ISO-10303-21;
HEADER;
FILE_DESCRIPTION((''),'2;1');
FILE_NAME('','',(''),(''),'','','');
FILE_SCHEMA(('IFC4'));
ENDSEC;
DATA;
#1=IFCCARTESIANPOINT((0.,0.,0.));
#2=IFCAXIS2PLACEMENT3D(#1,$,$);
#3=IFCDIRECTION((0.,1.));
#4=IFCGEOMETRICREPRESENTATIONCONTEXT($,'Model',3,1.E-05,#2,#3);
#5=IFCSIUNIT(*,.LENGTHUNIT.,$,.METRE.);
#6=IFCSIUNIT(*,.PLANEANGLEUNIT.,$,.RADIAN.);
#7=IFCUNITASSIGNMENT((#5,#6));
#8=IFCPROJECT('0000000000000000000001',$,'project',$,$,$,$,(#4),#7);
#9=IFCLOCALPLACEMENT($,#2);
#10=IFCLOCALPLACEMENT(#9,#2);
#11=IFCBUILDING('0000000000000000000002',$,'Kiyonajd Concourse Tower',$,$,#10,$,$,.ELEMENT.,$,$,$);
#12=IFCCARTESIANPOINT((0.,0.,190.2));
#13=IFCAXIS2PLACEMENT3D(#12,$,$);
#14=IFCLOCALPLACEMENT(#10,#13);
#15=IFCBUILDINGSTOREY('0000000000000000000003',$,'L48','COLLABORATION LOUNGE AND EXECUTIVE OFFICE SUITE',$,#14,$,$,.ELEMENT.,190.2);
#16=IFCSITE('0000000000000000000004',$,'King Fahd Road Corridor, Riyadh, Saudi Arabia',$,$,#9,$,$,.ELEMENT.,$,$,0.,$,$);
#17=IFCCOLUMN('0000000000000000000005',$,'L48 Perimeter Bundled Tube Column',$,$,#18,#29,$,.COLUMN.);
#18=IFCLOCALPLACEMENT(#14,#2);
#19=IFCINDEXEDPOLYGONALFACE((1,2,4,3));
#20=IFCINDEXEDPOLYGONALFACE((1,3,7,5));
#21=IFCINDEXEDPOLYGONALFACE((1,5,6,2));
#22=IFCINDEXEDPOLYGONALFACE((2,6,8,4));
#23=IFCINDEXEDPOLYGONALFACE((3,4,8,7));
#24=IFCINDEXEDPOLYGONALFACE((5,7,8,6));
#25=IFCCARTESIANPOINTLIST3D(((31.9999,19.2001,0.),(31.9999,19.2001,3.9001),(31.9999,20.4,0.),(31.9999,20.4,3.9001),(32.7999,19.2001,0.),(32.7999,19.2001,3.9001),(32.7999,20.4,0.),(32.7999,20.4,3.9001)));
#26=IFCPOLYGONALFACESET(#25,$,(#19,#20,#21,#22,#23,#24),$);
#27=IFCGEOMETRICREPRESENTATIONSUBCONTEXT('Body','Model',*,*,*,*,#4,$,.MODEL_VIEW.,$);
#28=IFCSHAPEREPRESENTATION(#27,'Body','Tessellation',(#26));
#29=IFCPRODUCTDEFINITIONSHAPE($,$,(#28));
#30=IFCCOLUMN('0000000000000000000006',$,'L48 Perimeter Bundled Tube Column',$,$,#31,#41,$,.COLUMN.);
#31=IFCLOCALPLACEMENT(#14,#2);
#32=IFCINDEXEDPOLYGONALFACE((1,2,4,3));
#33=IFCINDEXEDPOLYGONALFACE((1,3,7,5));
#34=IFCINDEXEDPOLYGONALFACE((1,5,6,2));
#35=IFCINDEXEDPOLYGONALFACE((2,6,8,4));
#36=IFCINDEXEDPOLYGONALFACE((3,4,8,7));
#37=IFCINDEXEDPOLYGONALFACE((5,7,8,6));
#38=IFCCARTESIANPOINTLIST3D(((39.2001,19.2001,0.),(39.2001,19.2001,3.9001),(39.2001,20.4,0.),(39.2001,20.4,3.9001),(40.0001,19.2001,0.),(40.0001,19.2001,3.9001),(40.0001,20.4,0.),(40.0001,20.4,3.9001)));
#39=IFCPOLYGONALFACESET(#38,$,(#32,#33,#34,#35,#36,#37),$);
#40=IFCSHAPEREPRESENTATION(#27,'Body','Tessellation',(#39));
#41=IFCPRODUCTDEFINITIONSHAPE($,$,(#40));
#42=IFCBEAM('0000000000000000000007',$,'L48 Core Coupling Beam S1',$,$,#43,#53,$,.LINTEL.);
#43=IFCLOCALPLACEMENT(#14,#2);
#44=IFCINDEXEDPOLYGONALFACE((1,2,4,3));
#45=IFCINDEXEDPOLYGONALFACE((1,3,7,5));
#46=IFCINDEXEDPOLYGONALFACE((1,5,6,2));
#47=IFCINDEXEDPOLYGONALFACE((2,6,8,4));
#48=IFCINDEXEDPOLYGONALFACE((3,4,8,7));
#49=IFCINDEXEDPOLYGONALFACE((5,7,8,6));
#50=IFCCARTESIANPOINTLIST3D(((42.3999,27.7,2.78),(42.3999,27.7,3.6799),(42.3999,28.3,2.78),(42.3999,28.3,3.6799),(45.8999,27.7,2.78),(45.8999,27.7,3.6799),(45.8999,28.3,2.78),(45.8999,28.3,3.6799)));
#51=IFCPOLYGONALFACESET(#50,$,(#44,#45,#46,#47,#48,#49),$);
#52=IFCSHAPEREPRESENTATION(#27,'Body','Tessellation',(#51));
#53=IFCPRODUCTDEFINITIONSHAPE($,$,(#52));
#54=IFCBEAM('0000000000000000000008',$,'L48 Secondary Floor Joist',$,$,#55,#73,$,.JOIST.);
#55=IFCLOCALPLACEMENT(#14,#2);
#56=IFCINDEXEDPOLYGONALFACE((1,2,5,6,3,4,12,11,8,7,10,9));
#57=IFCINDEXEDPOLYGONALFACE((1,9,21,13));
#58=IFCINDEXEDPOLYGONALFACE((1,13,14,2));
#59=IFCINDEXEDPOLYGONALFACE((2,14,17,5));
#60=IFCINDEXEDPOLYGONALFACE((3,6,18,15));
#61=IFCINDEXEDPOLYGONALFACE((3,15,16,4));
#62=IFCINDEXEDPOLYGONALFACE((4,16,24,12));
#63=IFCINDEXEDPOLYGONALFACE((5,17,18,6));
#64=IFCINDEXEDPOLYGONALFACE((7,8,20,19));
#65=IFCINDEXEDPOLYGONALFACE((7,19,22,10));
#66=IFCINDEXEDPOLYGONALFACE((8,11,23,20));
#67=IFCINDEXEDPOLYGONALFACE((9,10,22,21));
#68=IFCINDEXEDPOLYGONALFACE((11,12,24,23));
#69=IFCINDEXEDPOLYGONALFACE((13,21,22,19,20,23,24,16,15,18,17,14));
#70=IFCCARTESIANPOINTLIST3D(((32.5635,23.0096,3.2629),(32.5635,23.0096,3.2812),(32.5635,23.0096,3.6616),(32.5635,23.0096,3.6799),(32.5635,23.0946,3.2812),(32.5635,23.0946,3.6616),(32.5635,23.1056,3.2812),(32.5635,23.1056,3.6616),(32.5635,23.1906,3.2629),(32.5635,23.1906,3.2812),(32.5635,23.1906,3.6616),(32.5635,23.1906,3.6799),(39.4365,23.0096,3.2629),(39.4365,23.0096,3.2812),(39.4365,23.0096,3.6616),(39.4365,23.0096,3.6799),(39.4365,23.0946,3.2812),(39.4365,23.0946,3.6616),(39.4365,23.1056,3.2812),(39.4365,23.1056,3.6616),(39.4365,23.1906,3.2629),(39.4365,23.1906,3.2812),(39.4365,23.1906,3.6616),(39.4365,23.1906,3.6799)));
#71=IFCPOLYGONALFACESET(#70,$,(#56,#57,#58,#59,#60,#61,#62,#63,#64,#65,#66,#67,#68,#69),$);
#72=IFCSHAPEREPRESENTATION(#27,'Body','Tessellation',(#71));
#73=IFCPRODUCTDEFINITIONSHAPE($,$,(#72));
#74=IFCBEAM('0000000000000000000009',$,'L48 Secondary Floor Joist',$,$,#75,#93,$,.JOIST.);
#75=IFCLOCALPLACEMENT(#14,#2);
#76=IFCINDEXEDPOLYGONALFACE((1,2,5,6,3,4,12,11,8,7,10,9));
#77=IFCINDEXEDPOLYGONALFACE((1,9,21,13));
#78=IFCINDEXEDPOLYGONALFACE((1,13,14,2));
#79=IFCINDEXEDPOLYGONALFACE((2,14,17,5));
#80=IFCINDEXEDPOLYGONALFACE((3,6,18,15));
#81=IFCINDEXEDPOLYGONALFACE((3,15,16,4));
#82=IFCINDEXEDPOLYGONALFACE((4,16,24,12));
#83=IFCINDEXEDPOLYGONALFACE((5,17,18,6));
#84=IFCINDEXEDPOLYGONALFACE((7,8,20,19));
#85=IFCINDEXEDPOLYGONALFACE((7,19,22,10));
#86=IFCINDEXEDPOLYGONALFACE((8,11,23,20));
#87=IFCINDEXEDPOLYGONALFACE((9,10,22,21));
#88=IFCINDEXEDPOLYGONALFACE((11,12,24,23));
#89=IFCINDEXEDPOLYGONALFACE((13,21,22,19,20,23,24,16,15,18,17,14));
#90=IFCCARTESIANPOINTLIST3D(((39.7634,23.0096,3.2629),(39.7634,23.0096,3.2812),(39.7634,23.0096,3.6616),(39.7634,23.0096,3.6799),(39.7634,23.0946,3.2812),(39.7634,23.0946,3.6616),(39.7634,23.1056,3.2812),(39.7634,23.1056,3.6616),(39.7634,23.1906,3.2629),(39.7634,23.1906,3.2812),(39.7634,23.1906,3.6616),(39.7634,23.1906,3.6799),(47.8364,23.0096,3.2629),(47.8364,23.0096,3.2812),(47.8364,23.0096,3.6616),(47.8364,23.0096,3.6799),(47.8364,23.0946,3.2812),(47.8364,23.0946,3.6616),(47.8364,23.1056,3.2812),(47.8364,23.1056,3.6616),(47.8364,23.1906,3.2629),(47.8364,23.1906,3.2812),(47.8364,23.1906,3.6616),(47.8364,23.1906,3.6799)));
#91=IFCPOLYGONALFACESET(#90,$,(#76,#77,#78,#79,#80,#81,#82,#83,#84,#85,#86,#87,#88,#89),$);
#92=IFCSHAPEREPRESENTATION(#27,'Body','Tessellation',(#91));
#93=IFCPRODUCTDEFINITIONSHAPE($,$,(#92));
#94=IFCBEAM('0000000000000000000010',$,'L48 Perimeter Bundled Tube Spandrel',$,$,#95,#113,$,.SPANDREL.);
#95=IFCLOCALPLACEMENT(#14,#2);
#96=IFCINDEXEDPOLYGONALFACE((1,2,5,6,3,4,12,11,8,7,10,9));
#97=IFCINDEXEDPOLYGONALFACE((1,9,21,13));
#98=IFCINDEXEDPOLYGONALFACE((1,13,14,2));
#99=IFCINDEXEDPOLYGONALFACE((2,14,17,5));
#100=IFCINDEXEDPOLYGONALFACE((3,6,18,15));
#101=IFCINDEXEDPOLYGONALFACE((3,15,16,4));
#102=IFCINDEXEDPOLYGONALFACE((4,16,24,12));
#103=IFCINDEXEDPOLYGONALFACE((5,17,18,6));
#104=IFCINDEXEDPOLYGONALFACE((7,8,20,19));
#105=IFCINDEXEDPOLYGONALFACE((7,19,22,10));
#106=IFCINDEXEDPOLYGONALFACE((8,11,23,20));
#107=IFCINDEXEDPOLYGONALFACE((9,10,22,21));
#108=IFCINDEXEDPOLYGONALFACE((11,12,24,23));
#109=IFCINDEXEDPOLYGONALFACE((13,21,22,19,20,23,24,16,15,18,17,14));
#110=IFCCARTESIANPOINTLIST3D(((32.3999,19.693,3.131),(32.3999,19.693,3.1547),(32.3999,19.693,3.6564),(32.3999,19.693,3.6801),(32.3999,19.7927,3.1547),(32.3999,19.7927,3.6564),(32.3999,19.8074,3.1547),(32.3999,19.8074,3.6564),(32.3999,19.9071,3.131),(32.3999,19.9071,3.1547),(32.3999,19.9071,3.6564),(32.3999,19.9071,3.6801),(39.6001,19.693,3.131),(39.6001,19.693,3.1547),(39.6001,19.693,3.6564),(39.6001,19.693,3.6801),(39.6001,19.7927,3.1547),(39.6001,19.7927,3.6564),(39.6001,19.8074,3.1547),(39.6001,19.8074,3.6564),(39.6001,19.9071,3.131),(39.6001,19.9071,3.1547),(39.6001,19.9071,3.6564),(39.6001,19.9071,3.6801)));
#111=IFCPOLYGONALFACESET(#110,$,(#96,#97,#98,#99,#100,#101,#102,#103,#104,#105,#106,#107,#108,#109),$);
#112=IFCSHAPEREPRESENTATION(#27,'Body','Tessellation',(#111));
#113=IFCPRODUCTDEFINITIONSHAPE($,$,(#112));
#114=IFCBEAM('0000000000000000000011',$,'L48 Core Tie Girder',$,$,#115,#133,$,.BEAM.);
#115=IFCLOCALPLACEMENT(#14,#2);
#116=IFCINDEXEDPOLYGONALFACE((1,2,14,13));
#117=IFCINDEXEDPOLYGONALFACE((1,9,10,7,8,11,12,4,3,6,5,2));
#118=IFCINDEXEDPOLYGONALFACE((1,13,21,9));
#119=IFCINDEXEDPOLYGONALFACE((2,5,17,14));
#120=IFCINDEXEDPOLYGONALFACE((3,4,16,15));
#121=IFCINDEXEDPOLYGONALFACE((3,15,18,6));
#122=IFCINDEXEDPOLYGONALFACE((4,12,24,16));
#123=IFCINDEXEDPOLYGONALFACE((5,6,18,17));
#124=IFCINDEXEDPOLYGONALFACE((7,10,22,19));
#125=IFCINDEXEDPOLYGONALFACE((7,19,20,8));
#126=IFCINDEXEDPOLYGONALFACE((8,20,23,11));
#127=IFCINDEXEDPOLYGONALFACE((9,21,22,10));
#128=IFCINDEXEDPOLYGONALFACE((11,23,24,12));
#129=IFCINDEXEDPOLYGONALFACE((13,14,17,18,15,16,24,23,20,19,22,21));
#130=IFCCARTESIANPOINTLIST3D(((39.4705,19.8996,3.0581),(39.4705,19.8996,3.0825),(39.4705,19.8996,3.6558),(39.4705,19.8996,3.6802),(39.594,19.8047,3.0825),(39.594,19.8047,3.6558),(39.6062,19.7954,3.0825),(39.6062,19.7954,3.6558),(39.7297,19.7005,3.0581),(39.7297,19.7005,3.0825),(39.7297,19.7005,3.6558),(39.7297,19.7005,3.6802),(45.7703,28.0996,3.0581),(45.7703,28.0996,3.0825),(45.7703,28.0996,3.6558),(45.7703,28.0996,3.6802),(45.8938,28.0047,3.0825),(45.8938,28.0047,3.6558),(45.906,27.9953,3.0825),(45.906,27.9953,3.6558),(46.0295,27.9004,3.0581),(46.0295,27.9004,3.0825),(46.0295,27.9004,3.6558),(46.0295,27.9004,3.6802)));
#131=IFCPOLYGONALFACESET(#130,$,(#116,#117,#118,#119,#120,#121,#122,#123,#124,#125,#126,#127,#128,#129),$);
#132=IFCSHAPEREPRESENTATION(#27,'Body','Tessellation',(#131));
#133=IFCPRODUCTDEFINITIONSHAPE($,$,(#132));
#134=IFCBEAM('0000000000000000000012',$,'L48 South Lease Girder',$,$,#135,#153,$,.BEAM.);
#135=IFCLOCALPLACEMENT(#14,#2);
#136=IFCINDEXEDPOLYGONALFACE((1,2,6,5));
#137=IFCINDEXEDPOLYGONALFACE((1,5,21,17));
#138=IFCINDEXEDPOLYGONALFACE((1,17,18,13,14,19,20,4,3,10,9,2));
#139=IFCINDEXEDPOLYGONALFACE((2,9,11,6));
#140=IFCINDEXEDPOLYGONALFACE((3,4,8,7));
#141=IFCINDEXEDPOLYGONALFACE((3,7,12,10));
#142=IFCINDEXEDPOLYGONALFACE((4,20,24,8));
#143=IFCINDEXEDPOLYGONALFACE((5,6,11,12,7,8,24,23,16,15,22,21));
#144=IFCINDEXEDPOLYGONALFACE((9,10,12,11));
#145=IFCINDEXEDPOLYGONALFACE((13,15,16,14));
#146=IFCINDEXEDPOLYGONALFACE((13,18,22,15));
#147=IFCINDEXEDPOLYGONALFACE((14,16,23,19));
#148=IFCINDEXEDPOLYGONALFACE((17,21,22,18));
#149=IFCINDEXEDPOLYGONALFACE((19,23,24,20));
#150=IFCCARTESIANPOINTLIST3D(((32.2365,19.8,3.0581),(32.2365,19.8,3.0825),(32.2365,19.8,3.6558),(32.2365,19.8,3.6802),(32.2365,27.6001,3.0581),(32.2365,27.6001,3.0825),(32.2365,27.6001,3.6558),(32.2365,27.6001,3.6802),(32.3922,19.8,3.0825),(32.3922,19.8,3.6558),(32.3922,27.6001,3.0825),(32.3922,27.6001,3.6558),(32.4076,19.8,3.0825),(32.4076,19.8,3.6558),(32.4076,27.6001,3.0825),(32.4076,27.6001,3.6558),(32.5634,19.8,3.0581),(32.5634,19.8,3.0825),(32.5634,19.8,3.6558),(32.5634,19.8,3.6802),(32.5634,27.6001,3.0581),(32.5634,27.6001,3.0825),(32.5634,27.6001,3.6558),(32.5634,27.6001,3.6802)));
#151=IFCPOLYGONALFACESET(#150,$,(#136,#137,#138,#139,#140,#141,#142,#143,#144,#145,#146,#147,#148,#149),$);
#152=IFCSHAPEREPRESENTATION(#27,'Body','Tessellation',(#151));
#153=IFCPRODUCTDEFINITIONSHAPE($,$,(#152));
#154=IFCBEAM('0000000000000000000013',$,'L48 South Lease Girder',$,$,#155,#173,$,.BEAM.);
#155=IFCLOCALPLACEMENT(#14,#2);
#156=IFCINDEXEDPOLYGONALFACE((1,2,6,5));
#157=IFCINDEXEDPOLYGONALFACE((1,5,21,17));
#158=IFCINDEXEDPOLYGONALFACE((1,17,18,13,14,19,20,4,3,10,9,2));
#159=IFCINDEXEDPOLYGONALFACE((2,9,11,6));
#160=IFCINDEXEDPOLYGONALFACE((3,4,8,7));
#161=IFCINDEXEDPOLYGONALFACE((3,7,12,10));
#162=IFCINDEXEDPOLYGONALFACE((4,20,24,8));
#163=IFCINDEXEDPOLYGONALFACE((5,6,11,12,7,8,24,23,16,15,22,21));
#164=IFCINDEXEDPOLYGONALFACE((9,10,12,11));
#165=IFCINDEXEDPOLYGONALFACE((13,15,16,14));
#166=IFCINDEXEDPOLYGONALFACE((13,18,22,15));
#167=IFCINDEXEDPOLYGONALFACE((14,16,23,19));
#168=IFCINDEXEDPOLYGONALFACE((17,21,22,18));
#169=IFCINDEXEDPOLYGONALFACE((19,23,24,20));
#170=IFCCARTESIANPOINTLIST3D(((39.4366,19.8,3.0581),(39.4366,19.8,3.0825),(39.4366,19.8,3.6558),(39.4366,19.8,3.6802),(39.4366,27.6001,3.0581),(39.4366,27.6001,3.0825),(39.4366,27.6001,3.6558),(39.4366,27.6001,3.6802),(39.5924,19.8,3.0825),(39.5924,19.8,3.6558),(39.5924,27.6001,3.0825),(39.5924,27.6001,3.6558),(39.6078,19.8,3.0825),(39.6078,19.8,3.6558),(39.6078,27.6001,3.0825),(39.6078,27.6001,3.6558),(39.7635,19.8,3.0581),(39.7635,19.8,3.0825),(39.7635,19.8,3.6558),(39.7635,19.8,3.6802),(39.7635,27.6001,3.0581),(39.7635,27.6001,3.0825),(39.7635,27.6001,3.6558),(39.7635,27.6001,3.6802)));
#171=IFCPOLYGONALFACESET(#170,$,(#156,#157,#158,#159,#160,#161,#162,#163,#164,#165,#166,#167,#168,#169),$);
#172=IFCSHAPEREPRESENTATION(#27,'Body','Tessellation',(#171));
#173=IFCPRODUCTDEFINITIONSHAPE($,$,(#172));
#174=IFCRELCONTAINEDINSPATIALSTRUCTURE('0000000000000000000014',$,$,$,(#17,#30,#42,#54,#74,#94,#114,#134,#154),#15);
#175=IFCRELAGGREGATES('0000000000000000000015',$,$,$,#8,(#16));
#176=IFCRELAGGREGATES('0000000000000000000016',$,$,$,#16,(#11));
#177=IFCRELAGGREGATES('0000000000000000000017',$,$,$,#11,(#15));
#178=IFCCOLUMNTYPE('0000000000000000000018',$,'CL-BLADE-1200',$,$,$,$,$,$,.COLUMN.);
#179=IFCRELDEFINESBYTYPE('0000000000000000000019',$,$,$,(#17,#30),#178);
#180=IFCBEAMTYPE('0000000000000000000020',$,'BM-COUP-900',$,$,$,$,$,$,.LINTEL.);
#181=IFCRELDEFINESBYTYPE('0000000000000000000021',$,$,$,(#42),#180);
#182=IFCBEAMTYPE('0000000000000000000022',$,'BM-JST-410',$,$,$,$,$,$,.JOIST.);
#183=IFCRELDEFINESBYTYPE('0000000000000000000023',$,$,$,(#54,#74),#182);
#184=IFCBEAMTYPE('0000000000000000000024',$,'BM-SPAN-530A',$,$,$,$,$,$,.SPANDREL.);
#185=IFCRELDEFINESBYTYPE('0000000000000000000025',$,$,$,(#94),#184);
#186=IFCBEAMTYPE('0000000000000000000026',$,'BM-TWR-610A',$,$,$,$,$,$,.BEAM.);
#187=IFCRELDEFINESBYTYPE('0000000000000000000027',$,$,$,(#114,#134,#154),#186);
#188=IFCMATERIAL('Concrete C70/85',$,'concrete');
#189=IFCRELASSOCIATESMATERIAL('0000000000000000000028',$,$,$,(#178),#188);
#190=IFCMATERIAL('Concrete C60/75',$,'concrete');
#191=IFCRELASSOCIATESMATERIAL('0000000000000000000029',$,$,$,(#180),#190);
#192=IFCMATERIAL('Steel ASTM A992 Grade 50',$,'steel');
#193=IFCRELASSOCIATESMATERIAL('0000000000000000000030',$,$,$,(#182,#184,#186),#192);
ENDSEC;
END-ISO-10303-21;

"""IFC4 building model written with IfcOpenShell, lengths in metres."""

from ifc_helpers import new_model, si_unit, direction, frame, origin, origin_2d, place, context, subcontext, project, spatial, rectangle, i_section, extrude, material, material_profile, profile_set, type_object, element, save


model = new_model("IFC4")

# Units and contexts
model_context = context("Model", 3, precision=1e-05, world=origin(), true_north=direction((0.0, 1.0)))
body_context = subcontext(model_context, "Body", "Model", "MODEL_VIEW")
ifc_project = project(units=[si_unit("LENGTHUNIT", "METRE"), si_unit("PLANEANGLEUNIT", "RADIAN")], contexts=[model_context])

# Site, building, storey
site_placement = place(None, origin())
site = spatial("IfcSite", under=ifc_project, at=site_placement, Name="King Fahd Road Corridor, Riyadh, Saudi Arabia", CompositionType="ELEMENT", RefElevation=0.0)
building_placement = place(site_placement, origin())
building = spatial("IfcBuilding", under=site, at=building_placement, Name="Kiyonajd Concourse Tower", CompositionType="ELEMENT")
storey_placement = place(building_placement, frame((0.0, 0.0, 190.2)))
storey = spatial("IfcBuildingStorey", under=building, at=storey_placement, Name="L48", Description="COLLABORATION LOUNGE AND EXECUTIVE OFFICE SUITE", CompositionType="ELEMENT", Elevation=190.2)

# Columns
ifc_material_1 = material(Name="Concrete C70/85", Category="concrete")
ifc_material_profile_1 = material_profile(ifc_material_1, rectangle(XDim=0.8, YDim=1.2, at=origin_2d()), Name="RC-1200x800")
ifc_profile_set_1 = profile_set([ifc_material_profile_1], Name="Concrete C70/85")
column_type = type_object("IfcColumnType", Name="CL-BLADE-1200", PredefinedType="COLUMN", material=ifc_profile_set_1)
for number, where, z_axis, x_axis, name in (
    (1, (32.3999, 19.8, 0.0), (0.0, 0.0, 1.0), (1.0, 0.0, 0.0), "L48 Perimeter Bundled Tube Column"),
    (2, (39.6001, 19.8, 0.0), (0.0, 0.0, 1.0), (1.0, 0.0, 0.0), "L48 Perimeter Bundled Tube Column"),
):
    element("IfcColumn", number, at=place(storey_placement, frame(where, z_axis=z_axis, x_axis=x_axis)), inside=storey, type_object=column_type, Name=name, PredefinedType="COLUMN", context=body_context, shape_type="SweptSolid", body=[
        extrude(rectangle(XDim=0.8, YDim=1.2, at=origin_2d()), origin(), (0.0, 0.0, 1.0), 3.9001),
    ])

# Beams
ifc_material_2 = material(Name="Concrete C60/75", Category="concrete")
ifc_material_profile_2 = material_profile(ifc_material_2, rectangle(XDim=0.6001, YDim=0.8999, at=origin_2d()), Name="RCBM-600x900")
ifc_profile_set_2 = profile_set([ifc_material_profile_2], Name="Concrete C60/75")
beam_type_1 = type_object("IfcBeamType", Name="BM-COUP-900", PredefinedType="LINTEL", material=ifc_profile_set_2)
beam_1_placement = place(storey_placement, frame((42.3999, 28.0, 3.23), z_axis=(1.0, 0.0, 0.0), x_axis=(0.0, 1.0, 0.0)))
element("IfcBeam", 3, at=beam_1_placement, inside=storey, type_object=beam_type_1, Name="L48 Core Coupling Beam S1", PredefinedType="LINTEL", context=body_context, shape_type="SweptSolid", body=[
    extrude(rectangle(XDim=0.6001, YDim=0.8999, at=origin_2d()), origin(), (0.0, 0.0, 1.0), 3.5),
])
ifc_material_3 = material(Name="Steel ASTM A992 Grade 50", Category="steel")
ifc_material_profile_3 = material_profile(ifc_material_3, i_section(OverallWidth=0.1809, OverallDepth=0.417, WebThickness=0.011, FlangeThickness=0.0183, at=origin_2d()), Name="W410X85")
ifc_profile_set_3 = profile_set([ifc_material_profile_3], Name="Steel ASTM A992 Grade 50")
beam_type_2 = type_object("IfcBeamType", Name="BM-JST-410", PredefinedType="JOIST", material=ifc_profile_set_3)
beam_2_placement = place(storey_placement, frame((32.5635, 23.1001, 3.4714), z_axis=(1.0, 0.0, 0.0), x_axis=(0.0, 1.0, 0.0)))
element("IfcBeam", 4, at=beam_2_placement, inside=storey, type_object=beam_type_2, Name="L48 Secondary Floor Joist", PredefinedType="JOIST", context=body_context, shape_type="SweptSolid", body=[
    extrude(i_section(OverallWidth=0.1809, OverallDepth=0.417, WebThickness=0.011, FlangeThickness=0.0183, at=origin_2d()), origin(), (0.0, 0.0, 1.0), 6.873),
])
beam_3_placement = place(storey_placement, frame((39.7634, 23.1001, 3.4714), z_axis=(1.0, 0.0, 0.0), x_axis=(0.0, 1.0, 0.0)))
element("IfcBeam", 5, at=beam_3_placement, inside=storey, type_object=beam_type_2, Name="L48 Secondary Floor Joist", PredefinedType="JOIST", context=body_context, shape_type="SweptSolid", body=[
    extrude(i_section(OverallWidth=0.1809, OverallDepth=0.417, WebThickness=0.011, FlangeThickness=0.0183, at=origin_2d()), origin(), (0.0, 0.0, 1.0), 8.073),
])
ifc_material_profile_4 = material_profile(ifc_material_3, i_section(OverallWidth=0.2141, OverallDepth=0.5491, WebThickness=0.0146, FlangeThickness=0.0237, at=origin_2d()), Name="W530X138")
ifc_profile_set_4 = profile_set([ifc_material_profile_4], Name="Steel ASTM A992 Grade 50")
beam_type_3 = type_object("IfcBeamType", Name="BM-SPAN-530A", PredefinedType="SPANDREL", material=ifc_profile_set_4)
beam_4_placement = place(storey_placement, frame((32.3999, 19.8, 3.4055), z_axis=(1.0, 0.0, 0.0), x_axis=(0.0, 1.0, 0.0)))
element("IfcBeam", 6, at=beam_4_placement, inside=storey, type_object=beam_type_3, Name="L48 Perimeter Bundled Tube Spandrel", PredefinedType="SPANDREL", context=body_context, shape_type="SweptSolid", body=[
    extrude(i_section(OverallWidth=0.2141, OverallDepth=0.5491, WebThickness=0.0146, FlangeThickness=0.0237, at=origin_2d()), origin(), (0.0, 0.0, 1.0), 7.2002),
])
ifc_material_profile_5 = material_profile(ifc_material_3, i_section(OverallWidth=0.3269, OverallDepth=0.6221, WebThickness=0.0154, FlangeThickness=0.0244, at=origin_2d()), Name="W610X195")
ifc_profile_set_5 = profile_set([ifc_material_profile_5], Name="Steel ASTM A992 Grade 50")
beam_type_4 = type_object("IfcBeamType", Name="BM-TWR-610A", PredefinedType="BEAM", material=ifc_profile_set_5)
beam_5_placement = place(storey_placement, frame((39.6001, 19.8, 3.3691), z_axis=(0.609234, 0.792991, 0.0), x_axis=(-0.792991, 0.609234, 0.0)))
element("IfcBeam", 7, at=beam_5_placement, inside=storey, type_object=beam_type_4, Name="L48 Core Tie Girder", PredefinedType="BEAM", context=body_context, shape_type="SweptSolid", body=[
    extrude(i_section(OverallWidth=0.3269, OverallDepth=0.6221, WebThickness=0.0154, FlangeThickness=0.0244, at=origin_2d()), origin(), (0.0, 0.0, 1.0), 10.3406),
])
for number, where, z_axis, x_axis, name in (
    (8, (32.3999, 19.8, 3.3691), (0.0, 1.0, 0.0), (-1.0, 0.0, 0.0), "L48 South Lease Girder"),
    (9, (39.6001, 19.8, 3.3691), (0.0, 1.0, 0.0), (-1.0, 0.0, 0.0), "L48 South Lease Girder"),
):
    element("IfcBeam", number, at=place(storey_placement, frame(where, z_axis=z_axis, x_axis=x_axis)), inside=storey, type_object=beam_type_4, Name=name, PredefinedType="BEAM", context=body_context, shape_type="SweptSolid", body=[
        extrude(i_section(OverallWidth=0.3269, OverallDepth=0.6221, WebThickness=0.0154, FlangeThickness=0.0244, at=origin_2d()), origin(), (0.0, 0.0, 1.0), 7.8),
    ])

save(model, "model.ifc")
